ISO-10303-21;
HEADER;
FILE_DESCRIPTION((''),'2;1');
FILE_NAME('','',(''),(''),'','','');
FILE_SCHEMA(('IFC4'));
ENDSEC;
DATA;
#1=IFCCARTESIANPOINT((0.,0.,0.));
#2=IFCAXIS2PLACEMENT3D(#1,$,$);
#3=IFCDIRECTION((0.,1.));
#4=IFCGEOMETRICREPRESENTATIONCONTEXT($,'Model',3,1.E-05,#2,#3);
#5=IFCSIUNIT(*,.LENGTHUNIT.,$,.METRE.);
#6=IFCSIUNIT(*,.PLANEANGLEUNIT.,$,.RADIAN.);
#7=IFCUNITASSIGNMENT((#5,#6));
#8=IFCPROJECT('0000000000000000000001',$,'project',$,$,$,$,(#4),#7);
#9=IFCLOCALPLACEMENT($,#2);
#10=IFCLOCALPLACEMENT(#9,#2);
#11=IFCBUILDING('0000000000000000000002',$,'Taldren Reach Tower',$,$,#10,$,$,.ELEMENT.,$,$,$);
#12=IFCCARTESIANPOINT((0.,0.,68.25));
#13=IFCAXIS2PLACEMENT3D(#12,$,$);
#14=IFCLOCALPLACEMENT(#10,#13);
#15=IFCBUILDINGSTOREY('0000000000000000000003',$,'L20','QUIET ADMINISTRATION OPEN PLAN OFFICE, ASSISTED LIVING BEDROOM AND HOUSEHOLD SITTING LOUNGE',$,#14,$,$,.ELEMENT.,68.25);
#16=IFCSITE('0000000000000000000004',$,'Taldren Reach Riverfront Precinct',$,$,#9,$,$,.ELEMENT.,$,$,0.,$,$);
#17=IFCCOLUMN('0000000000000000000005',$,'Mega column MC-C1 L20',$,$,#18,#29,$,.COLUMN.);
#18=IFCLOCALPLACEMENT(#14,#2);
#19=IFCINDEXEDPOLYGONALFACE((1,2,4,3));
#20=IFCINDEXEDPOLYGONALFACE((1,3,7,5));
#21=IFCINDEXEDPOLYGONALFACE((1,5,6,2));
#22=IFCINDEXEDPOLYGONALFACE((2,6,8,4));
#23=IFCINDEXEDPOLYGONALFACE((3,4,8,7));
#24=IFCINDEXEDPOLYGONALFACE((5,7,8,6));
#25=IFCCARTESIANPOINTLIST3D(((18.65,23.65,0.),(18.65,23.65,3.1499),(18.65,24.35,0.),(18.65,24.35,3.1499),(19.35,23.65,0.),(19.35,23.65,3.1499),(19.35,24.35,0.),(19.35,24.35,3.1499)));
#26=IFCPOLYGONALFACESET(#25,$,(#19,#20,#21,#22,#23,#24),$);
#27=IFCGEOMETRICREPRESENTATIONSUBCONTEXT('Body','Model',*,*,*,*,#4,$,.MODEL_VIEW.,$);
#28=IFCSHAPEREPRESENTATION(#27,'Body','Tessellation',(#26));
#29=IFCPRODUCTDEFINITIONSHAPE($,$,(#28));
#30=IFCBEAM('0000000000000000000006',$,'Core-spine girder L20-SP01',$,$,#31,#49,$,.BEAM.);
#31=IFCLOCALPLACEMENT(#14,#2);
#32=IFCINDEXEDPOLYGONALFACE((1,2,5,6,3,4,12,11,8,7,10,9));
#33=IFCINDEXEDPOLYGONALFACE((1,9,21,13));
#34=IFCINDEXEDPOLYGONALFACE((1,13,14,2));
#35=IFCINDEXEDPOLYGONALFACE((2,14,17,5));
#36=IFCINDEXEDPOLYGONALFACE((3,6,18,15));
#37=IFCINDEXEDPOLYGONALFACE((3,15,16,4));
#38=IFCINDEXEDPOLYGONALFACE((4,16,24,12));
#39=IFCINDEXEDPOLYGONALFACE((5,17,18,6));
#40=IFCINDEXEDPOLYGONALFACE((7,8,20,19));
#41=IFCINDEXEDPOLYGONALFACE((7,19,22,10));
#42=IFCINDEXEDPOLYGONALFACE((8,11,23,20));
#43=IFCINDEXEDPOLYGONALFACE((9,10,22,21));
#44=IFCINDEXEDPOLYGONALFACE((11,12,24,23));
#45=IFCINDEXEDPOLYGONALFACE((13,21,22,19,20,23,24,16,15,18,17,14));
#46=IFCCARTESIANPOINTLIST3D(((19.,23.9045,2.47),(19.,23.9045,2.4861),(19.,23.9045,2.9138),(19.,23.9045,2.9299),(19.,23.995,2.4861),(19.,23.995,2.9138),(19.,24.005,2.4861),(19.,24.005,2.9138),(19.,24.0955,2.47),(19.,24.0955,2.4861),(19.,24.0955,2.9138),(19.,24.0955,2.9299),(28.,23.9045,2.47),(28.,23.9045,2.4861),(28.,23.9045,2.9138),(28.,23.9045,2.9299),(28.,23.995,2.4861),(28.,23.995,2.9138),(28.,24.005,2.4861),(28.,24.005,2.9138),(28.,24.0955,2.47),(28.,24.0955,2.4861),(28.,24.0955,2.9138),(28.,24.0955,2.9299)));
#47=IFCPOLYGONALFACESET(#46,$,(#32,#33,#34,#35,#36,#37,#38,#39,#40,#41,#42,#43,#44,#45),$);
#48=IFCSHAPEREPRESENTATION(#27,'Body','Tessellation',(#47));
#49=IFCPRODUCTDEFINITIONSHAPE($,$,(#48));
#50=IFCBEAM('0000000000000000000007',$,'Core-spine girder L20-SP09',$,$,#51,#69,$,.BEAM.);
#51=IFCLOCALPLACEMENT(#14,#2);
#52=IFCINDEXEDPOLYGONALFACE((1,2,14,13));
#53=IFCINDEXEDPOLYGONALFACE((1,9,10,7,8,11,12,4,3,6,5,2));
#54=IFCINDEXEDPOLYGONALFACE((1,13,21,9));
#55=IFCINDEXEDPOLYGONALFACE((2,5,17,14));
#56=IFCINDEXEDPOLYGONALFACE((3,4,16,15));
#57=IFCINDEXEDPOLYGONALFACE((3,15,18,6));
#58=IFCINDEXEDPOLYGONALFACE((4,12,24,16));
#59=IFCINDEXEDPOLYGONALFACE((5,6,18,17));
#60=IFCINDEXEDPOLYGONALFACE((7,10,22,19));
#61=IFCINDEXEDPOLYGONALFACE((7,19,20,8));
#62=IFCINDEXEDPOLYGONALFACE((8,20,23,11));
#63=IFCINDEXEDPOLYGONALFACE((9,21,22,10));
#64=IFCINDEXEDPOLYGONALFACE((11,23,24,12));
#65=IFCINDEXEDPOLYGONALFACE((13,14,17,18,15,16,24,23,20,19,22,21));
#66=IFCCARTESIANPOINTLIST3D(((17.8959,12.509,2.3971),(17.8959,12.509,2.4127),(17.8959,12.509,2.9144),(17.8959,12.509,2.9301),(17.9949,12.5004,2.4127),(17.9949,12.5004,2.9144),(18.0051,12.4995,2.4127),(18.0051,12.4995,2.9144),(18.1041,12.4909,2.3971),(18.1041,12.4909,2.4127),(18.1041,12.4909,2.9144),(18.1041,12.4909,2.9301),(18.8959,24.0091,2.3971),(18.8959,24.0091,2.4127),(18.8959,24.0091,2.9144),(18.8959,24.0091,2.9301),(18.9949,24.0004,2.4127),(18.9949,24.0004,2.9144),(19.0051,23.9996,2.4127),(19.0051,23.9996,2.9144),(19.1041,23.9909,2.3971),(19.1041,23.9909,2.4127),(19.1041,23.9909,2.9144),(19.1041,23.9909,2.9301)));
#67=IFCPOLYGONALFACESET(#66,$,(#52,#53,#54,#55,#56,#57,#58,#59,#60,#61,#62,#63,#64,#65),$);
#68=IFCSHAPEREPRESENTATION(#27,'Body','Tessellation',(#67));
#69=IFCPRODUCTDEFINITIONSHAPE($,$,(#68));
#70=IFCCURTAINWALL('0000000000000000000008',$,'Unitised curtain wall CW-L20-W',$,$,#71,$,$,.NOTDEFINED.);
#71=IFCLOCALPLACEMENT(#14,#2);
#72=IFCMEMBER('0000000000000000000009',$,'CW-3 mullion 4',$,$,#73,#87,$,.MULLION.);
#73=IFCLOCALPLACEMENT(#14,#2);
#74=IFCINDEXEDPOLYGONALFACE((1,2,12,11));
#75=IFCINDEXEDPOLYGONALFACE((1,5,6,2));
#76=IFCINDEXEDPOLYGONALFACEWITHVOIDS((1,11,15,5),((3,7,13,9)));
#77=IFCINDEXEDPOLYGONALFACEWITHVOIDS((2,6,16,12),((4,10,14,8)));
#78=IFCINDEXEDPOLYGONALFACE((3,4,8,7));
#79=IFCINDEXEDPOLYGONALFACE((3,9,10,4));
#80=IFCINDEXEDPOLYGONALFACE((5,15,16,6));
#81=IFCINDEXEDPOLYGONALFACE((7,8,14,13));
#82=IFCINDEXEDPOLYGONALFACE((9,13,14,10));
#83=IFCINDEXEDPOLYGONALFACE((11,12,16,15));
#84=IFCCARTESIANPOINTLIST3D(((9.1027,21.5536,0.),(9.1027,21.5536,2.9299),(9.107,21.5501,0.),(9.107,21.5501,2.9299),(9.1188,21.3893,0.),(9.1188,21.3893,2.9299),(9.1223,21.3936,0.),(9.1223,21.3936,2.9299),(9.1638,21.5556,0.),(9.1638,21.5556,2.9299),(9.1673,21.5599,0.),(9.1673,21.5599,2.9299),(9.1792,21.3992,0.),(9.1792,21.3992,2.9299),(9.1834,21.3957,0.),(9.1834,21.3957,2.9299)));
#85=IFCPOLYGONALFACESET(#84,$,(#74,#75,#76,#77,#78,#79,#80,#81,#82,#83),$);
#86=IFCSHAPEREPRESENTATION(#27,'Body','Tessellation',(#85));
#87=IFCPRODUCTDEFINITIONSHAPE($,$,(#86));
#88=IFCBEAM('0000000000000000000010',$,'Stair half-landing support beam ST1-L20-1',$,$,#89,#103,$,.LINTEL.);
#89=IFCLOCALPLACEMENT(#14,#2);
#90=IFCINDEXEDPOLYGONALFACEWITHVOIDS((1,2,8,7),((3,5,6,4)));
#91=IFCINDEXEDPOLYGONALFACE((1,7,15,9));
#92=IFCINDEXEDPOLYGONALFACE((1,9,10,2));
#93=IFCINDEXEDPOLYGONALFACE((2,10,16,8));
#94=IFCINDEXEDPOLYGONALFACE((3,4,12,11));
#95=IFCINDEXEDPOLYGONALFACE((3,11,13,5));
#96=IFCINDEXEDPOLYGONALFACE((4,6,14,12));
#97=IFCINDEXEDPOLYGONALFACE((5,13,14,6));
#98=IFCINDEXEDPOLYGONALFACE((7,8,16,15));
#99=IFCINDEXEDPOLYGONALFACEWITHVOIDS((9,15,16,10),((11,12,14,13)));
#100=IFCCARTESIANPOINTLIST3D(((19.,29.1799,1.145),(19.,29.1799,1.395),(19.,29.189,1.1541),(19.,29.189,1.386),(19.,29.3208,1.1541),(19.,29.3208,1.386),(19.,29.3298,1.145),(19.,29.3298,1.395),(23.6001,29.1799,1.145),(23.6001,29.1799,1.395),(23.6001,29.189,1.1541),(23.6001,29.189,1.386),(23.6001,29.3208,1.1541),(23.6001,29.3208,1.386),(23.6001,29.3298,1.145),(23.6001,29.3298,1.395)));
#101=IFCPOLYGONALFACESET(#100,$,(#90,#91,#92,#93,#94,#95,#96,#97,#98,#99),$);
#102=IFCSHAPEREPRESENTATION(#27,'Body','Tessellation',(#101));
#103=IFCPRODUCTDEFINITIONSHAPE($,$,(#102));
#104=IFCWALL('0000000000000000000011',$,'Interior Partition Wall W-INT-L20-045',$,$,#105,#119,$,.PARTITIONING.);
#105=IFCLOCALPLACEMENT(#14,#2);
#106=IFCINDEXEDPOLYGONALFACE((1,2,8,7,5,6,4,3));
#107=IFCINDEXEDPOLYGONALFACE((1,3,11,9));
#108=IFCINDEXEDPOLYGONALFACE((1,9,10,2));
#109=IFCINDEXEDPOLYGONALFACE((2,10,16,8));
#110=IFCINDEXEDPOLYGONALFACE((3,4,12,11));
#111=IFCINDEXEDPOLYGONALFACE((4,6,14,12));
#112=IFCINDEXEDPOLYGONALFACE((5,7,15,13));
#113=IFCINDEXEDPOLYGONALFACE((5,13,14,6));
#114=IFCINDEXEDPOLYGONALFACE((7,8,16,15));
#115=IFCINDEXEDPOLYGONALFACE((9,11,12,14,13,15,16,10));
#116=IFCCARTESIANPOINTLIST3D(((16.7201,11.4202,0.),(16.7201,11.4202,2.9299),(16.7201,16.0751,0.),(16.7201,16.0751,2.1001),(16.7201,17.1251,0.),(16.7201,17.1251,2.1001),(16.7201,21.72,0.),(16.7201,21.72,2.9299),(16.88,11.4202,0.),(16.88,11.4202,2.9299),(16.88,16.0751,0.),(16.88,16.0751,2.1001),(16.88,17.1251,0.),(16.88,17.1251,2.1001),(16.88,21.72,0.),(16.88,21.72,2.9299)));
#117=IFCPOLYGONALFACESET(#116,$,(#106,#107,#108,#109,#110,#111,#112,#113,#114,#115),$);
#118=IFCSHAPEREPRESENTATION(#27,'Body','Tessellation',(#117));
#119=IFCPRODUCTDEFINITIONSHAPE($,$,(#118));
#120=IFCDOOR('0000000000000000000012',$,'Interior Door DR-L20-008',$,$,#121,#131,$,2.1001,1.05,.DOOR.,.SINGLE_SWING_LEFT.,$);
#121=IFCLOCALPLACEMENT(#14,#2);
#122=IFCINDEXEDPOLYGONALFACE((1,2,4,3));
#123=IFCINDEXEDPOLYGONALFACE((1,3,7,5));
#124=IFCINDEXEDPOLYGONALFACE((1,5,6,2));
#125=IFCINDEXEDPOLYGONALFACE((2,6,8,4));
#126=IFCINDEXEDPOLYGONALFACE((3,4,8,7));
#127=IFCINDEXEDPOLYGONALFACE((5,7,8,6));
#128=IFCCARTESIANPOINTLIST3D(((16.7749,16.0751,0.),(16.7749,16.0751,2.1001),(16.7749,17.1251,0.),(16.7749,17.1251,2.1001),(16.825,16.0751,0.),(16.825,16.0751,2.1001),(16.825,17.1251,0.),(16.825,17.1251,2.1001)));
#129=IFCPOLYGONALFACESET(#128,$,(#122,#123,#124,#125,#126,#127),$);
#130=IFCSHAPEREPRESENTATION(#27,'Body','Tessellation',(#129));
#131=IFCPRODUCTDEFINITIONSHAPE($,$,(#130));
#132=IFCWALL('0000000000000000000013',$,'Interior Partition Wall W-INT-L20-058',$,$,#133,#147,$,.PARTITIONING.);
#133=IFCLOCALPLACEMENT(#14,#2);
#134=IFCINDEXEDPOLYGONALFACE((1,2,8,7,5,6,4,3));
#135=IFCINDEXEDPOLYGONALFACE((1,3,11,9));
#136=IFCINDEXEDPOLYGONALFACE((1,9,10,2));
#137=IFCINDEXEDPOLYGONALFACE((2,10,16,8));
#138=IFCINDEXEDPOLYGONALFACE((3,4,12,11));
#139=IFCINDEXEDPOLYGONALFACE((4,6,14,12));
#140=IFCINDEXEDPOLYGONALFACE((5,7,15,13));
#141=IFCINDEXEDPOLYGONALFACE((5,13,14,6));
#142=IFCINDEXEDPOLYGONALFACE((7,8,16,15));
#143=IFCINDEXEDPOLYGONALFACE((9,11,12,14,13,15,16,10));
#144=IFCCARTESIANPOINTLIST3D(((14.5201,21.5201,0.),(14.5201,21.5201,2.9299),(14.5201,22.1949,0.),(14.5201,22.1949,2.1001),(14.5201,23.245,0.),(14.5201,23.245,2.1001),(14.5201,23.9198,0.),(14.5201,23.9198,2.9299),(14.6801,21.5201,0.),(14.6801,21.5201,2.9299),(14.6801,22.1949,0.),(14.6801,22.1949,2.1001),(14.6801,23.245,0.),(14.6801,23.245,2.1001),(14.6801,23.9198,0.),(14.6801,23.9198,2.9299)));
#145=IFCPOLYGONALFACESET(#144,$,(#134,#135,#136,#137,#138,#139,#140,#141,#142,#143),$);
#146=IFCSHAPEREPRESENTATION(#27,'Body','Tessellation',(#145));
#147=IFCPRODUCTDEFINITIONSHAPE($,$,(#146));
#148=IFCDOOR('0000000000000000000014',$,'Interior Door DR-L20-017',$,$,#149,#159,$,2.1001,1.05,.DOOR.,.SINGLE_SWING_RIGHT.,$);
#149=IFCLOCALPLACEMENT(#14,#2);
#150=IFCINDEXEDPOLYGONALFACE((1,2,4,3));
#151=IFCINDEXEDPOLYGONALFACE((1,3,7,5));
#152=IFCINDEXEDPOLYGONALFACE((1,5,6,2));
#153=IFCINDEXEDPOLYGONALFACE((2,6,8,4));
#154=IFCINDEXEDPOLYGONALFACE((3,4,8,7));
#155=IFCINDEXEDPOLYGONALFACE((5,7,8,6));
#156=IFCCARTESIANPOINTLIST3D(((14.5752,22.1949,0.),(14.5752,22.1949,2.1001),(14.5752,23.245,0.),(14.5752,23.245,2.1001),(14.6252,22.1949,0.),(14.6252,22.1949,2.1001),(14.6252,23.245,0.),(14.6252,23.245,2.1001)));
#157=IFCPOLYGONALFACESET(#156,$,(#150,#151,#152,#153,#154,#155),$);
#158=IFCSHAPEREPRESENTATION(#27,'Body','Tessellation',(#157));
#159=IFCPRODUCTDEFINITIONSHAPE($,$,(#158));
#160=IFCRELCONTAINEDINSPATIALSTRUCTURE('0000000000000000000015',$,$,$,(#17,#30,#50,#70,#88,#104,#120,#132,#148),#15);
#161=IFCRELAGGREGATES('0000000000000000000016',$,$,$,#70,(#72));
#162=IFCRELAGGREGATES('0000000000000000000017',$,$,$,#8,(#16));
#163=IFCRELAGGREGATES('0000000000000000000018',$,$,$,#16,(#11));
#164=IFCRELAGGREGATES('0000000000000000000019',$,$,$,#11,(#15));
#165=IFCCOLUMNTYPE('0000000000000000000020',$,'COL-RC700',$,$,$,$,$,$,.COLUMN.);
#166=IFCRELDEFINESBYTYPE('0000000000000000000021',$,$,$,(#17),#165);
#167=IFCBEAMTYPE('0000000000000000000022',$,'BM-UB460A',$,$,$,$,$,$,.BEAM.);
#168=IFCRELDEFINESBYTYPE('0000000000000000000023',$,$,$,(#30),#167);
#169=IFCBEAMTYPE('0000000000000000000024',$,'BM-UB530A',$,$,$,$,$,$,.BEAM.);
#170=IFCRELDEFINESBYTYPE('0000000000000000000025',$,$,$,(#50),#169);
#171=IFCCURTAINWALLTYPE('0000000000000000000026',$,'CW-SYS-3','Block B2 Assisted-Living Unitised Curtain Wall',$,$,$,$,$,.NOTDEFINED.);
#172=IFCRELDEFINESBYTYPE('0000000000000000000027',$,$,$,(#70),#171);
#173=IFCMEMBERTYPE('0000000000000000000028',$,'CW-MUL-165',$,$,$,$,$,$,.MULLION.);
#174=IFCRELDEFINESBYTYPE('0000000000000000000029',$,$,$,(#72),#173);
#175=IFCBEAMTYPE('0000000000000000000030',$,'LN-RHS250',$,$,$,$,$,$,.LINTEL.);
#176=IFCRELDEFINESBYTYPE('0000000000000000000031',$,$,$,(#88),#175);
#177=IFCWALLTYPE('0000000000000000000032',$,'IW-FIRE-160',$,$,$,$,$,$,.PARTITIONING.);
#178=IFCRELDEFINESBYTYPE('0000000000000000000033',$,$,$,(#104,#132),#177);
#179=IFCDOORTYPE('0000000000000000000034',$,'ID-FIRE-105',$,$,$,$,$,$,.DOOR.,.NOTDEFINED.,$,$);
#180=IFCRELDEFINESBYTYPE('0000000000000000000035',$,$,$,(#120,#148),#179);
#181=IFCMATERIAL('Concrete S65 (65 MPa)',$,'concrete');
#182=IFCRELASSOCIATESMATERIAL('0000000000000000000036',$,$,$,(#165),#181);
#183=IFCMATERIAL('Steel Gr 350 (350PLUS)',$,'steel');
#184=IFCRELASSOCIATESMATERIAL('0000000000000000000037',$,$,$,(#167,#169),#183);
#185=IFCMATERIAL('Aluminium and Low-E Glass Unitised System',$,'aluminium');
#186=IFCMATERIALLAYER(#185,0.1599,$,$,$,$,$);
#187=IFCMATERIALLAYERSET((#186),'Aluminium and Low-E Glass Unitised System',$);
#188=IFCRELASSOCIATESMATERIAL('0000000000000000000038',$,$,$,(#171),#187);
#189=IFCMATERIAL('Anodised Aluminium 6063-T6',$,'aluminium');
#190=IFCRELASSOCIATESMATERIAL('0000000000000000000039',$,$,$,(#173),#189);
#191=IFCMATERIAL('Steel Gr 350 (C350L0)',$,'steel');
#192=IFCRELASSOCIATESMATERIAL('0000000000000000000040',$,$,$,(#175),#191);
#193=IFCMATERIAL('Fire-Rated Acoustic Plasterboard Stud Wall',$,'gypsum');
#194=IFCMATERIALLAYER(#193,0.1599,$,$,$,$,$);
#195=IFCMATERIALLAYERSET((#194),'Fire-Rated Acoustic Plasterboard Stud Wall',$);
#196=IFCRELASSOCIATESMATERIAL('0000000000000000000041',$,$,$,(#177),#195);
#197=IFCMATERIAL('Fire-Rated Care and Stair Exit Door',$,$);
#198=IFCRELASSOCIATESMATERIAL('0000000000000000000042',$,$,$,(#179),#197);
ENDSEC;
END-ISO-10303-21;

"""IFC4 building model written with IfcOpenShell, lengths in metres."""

from ifc_helpers import new_model, si_unit, direction, frame, frame_2d, origin, origin_2d, place, context, subcontext, project, spatial, rectangle, hollow_rectangle, i_section, extrude, source, transform, mapped, material, layer, layer_set, material_profile, profile_set, type_object, element, fill, aggregate, save


model = new_model("IFC4")

# Units and contexts
model_context = context("Model", 3, precision=1e-05, world=origin(), true_north=direction((0.0, 1.0)))
body_context = subcontext(model_context, "Body", "Model", "MODEL_VIEW")
ifc_project = project(units=[si_unit("LENGTHUNIT", "METRE"), si_unit("PLANEANGLEUNIT", "RADIAN")], contexts=[model_context])

# Site, building, storey
site_placement = place(None, origin())
site = spatial("IfcSite", under=ifc_project, at=site_placement, Name="Taldren Reach Riverfront Precinct", CompositionType="ELEMENT", RefElevation=0.0)
building_placement = place(site_placement, origin())
building = spatial("IfcBuilding", under=site, at=building_placement, Name="Taldren Reach Tower", CompositionType="ELEMENT")
storey_placement = place(building_placement, frame((0.0, 0.0, 68.25)))
storey = spatial("IfcBuildingStorey", under=building, at=storey_placement, Name="L20", Description="QUIET ADMINISTRATION OPEN PLAN OFFICE, ASSISTED LIVING BEDROOM AND HOUSEHOLD SITTING LOUNGE", CompositionType="ELEMENT", Elevation=68.25)

# Column
ifc_material_1 = material(Name="Concrete S65 (65 MPa)", Category="concrete")
ifc_material_profile_1 = material_profile(ifc_material_1, rectangle(XDim=0.7, YDim=0.7, at=origin_2d()), Name="RC-700x700")
ifc_profile_set_1 = profile_set([ifc_material_profile_1], Name="Concrete S65 (65 MPa)")
column_type = type_object("IfcColumnType", Name="COL-RC700", PredefinedType="COLUMN", material=ifc_profile_set_1)
shared_shape_1 = source(origin(), body_context, "Body", "SweptSolid", [
    extrude(rectangle(XDim=0.7, YDim=0.7, at=origin_2d()), origin(), (0.0, 0.0, 1.0), 3.1499),
])
column_placement = place(storey_placement, frame((19.0, 24.0, 0.0), z_axis=(0.0, 0.0, 1.0), x_axis=(1.0, 0.0, 0.0)))
element("IfcColumn", 1, at=column_placement, inside=storey, type_object=column_type, Name="Mega column MC-C1 L20", PredefinedType="COLUMN", context=body_context, shape_type="MappedRepresentation", body=[
    mapped(shared_shape_1, transform((0.0, 0.0, 0.0), scale=1.0)),
])

# Beams
ifc_material_2 = material(Name="Steel Gr 350 (350PLUS)", Category="steel")
ifc_material_profile_2 = material_profile(ifc_material_2, i_section(OverallWidth=0.1909, OverallDepth=0.46, WebThickness=0.01, FlangeThickness=0.0161, at=origin_2d()), Name="460UB82.1")
ifc_profile_set_2 = profile_set([ifc_material_profile_2], Name="Steel Gr 350 (350PLUS)")
beam_type_1 = type_object("IfcBeamType", Name="BM-UB460A", PredefinedType="BEAM", material=ifc_profile_set_2)
shared_shape_2 = source(origin(), body_context, "Body", "SweptSolid", [
    extrude(i_section(OverallWidth=0.1909, OverallDepth=0.46, WebThickness=0.01, FlangeThickness=0.0161, at=origin_2d()), origin(), (0.0, 0.0, 1.0), 9.0),
])
beam_1_placement = place(storey_placement, frame((19.0, 24.0, 2.7), z_axis=(1.0, 0.0, 0.0), x_axis=(0.0, 1.0, 0.0)))
element("IfcBeam", 2, at=beam_1_placement, inside=storey, type_object=beam_type_1, Name="Core-spine girder L20-SP01", PredefinedType="BEAM", context=body_context, shape_type="MappedRepresentation", body=[
    mapped(shared_shape_2, transform((0.0, 0.0, 0.0), scale=1.0)),
])
ifc_material_profile_3 = material_profile(ifc_material_2, i_section(OverallWidth=0.209, OverallDepth=0.533, WebThickness=0.0103, FlangeThickness=0.0156, at=origin_2d()), Name="530UB92.4")
ifc_profile_set_3 = profile_set([ifc_material_profile_3], Name="Steel Gr 350 (350PLUS)")
beam_type_2 = type_object("IfcBeamType", Name="BM-UB530A", PredefinedType="BEAM", material=ifc_profile_set_3)
shared_shape_3 = source(origin(), body_context, "Body", "SweptSolid", [
    extrude(i_section(OverallWidth=0.209, OverallDepth=0.533, WebThickness=0.0103, FlangeThickness=0.0156, at=origin_2d()), origin(), (0.0, 0.0, 1.0), 11.5435),
])
beam_2_placement = place(storey_placement, frame((19.0, 24.0, 2.6636), z_axis=(-0.08663, -0.996241, 0.0), x_axis=(0.996241, -0.08663, 0.0)))
element("IfcBeam", 3, at=beam_2_placement, inside=storey, type_object=beam_type_2, Name="Core-spine girder L20-SP09", PredefinedType="BEAM", context=body_context, shape_type="MappedRepresentation", body=[
    mapped(shared_shape_3, transform((0.0, 0.0, 0.0), scale=1.0)),
])

# Curtain wall, member
ifc_material_3 = material(Name="Aluminium and Low-E Glass Unitised System", Category="aluminium")
ifc_layer_1 = layer(ifc_material_3, 0.1599)
ifc_layer_set_1 = layer_set([ifc_layer_1], Name="Aluminium and Low-E Glass Unitised System")
curtain_wall_type = type_object("IfcCurtainWallType", Name="CW-SYS-3", Description="Block B2 Assisted-Living Unitised Curtain Wall", PredefinedType="NOTDEFINED", material=ifc_layer_set_1)
curtain_wall_placement = place(storey_placement, origin())
curtain_wall = element("IfcCurtainWall", 4, at=curtain_wall_placement, inside=storey, type_object=curtain_wall_type, Name="Unitised curtain wall CW-L20-W", PredefinedType="NOTDEFINED")
ifc_material_4 = material(Name="Anodised Aluminium 6063-T6", Category="aluminium")
ifc_material_profile_4 = material_profile(ifc_material_4, hollow_rectangle(XDim=0.0649, YDim=0.165, WallThickness=0.0039, at=origin_2d()), Name="ALU-165x65x4RHS")
ifc_profile_set_4 = profile_set([ifc_material_profile_4], Name="Anodised Aluminium 6063-T6")
member_type = type_object("IfcMemberType", Name="CW-MUL-165", PredefinedType="MULLION", material=ifc_profile_set_4)
shared_shape_4 = source(origin(), body_context, "Body", "SweptSolid", [
    extrude(hollow_rectangle(XDim=0.0649, YDim=0.165, WallThickness=0.0039, at=origin_2d()), origin(), (0.0, 0.0, 1.0), 2.9299),
])
member_placement = place(storey_placement, frame((9.1431, 21.4746, 0.0), z_axis=(0.0, 0.0, 1.0), x_axis=(0.995227, 0.097583, 0.0)))
member = element("IfcMember", 5, at=member_placement, type_object=member_type, Name="CW-3 mullion 4", PredefinedType="MULLION", context=body_context, shape_type="MappedRepresentation", body=[
    mapped(shared_shape_4, transform((0.0, 0.0, 0.0), scale=1.0)),
])
aggregate(curtain_wall, [member])

# Beam
ifc_material_5 = material(Name="Steel Gr 350 (C350L0)", Category="steel")
ifc_material_profile_5 = material_profile(ifc_material_5, hollow_rectangle(XDim=0.1499, YDim=0.25, WallThickness=0.009, at=origin_2d()), Name="250x150x9.0RHS")
ifc_profile_set_5 = profile_set([ifc_material_profile_5], Name="Steel Gr 350 (C350L0)")
beam_type_3 = type_object("IfcBeamType", Name="LN-RHS250", PredefinedType="LINTEL", material=ifc_profile_set_5)
shared_shape_5 = source(origin(), body_context, "Body", "SweptSolid", [
    extrude(hollow_rectangle(XDim=0.1499, YDim=0.25, WallThickness=0.009, at=origin_2d()), origin(), (0.0, 0.0, 1.0), 4.6001),
])
beam_3_placement = place(storey_placement, frame((19.0, 29.2549, 1.27), z_axis=(1.0, 0.0, 0.0), x_axis=(0.0, 1.0, 0.0)))
element("IfcBeam", 6, at=beam_3_placement, inside=storey, type_object=beam_type_3, Name="Stair half-landing support beam ST1-L20-1", PredefinedType="LINTEL", context=body_context, shape_type="MappedRepresentation", body=[
    mapped(shared_shape_5, transform((0.0, 0.0, 0.0), scale=1.0)),
])

# Walls, openings, doors
ifc_material_6 = material(Name="Fire-Rated Acoustic Plasterboard Stud Wall", Category="gypsum")
ifc_layer_2 = layer(ifc_material_6, 0.1599)
ifc_layer_set_2 = layer_set([ifc_layer_2], Name="Fire-Rated Acoustic Plasterboard Stud Wall")
wall_type_1 = type_object("IfcWallType", Name="IW-FIRE-160", PredefinedType="PARTITIONING", material=ifc_layer_set_2)
shared_shape_6 = source(origin(), body_context, "Body", "SweptSolid", [
    extrude(rectangle(XDim=10.2998, YDim=0.1599, at=frame_2d((5.1499, 0.0))), origin(), (0.0, 0.0, 1.0), 2.9299),
])
wall_1_placement = place(storey_placement, frame((16.8, 21.72, 0.0), z_axis=(0.0, 0.0, 1.0), x_axis=(0.0, -1.0, 0.0)))
wall_1 = element("IfcWall", 7, at=wall_1_placement, inside=storey, type_object=wall_type_1, Name="Interior Partition Wall W-INT-L20-045", PredefinedType="PARTITIONING", context=body_context, shape_type="MappedRepresentation", body=[
    mapped(shared_shape_6, transform((0.0, 0.0, 0.0), scale=1.0)),
])
shared_shape_7 = source(origin(), body_context, "Body", "SweptSolid", [
    extrude(rectangle(XDim=1.05, YDim=2.1001, at=frame_2d((0.5249, 1.05))), frame((0.0, 0.0898, 0.0), z_axis=(0.0, -1.0, 0.0), x_axis=(1.0, 0.0, 0.0)), (0.0, 0.0, 1.0), 0.1799),
])
opening_1_placement = place(wall_1_placement, frame((4.595, 0.0, 0.0)))
opening_1 = element("IfcOpeningElement", 8, at=opening_1_placement, cuts=wall_1, PredefinedType="OPENING", context=body_context, shape_type="MappedRepresentation", body=[
    mapped(shared_shape_7, transform((0.0, 0.0, 0.0), scale=1.0)),
])
ifc_material_7 = material(Name="Fire-Rated Care and Stair Exit Door")
door_type_1 = type_object("IfcDoorType", Name="ID-FIRE-105", OperationType="NOTDEFINED", PredefinedType="DOOR", material=ifc_material_7)
shared_shape_8 = source(origin(), body_context, "Body", "SweptSolid", [
    extrude(rectangle(XDim=1.05, YDim=2.1001, at=frame_2d((0.5249, 1.05))), frame((0.0, 0.0249, 0.0), z_axis=(0.0, -1.0, 0.0), x_axis=(1.0, 0.0, 0.0)), (0.0, 0.0, 1.0), 0.05),
])
door_1_placement = place(opening_1_placement, origin())
door_1 = element("IfcDoor", 9, at=door_1_placement, inside=storey, type_object=door_type_1, Name="Interior Door DR-L20-008", OperationType="SINGLE_SWING_LEFT", OverallHeight=2.1001, OverallWidth=1.05, PredefinedType="DOOR", context=body_context, shape_type="MappedRepresentation", body=[
    mapped(shared_shape_8, transform((0.0, 0.0, 0.0), scale=1.0)),
])
fill(opening_1, door_1)
shared_shape_9 = source(origin(), body_context, "Body", "SweptSolid", [
    extrude(rectangle(XDim=2.3997, YDim=0.1599, at=frame_2d((1.1997, 0.0))), origin(), (0.0, 0.0, 1.0), 2.9299),
])
wall_2_placement = place(storey_placement, frame((14.6001, 21.5203, 0.0), z_axis=(0.0, 0.0, 1.0), x_axis=(0.0, 1.0, 0.0)))
wall_2 = element("IfcWall", 10, at=wall_2_placement, inside=storey, type_object=wall_type_1, Name="Interior Partition Wall W-INT-L20-058", PredefinedType="PARTITIONING", context=body_context, shape_type="MappedRepresentation", body=[
    mapped(shared_shape_9, transform((0.0, 0.0, 0.0), scale=1.0)),
])
opening_2_placement = place(wall_2_placement, frame((0.6748, 0.0, 0.0)))
opening_2 = element("IfcOpeningElement", 11, at=opening_2_placement, cuts=wall_2, PredefinedType="OPENING", context=body_context, shape_type="MappedRepresentation", body=[
    mapped(shared_shape_7, transform((0.0, 0.0, 0.0), scale=1.0)),
])
door_2_placement = place(opening_2_placement, origin())
door_2 = element("IfcDoor", 12, at=door_2_placement, inside=storey, type_object=door_type_1, Name="Interior Door DR-L20-017", OperationType="SINGLE_SWING_RIGHT", OverallHeight=2.1001, OverallWidth=1.05, PredefinedType="DOOR", context=body_context, shape_type="MappedRepresentation", body=[
    mapped(shared_shape_8, transform((0.0, 0.0, 0.0), scale=1.0)),
])
fill(opening_2, door_2)

save(model, "model.ifc")
